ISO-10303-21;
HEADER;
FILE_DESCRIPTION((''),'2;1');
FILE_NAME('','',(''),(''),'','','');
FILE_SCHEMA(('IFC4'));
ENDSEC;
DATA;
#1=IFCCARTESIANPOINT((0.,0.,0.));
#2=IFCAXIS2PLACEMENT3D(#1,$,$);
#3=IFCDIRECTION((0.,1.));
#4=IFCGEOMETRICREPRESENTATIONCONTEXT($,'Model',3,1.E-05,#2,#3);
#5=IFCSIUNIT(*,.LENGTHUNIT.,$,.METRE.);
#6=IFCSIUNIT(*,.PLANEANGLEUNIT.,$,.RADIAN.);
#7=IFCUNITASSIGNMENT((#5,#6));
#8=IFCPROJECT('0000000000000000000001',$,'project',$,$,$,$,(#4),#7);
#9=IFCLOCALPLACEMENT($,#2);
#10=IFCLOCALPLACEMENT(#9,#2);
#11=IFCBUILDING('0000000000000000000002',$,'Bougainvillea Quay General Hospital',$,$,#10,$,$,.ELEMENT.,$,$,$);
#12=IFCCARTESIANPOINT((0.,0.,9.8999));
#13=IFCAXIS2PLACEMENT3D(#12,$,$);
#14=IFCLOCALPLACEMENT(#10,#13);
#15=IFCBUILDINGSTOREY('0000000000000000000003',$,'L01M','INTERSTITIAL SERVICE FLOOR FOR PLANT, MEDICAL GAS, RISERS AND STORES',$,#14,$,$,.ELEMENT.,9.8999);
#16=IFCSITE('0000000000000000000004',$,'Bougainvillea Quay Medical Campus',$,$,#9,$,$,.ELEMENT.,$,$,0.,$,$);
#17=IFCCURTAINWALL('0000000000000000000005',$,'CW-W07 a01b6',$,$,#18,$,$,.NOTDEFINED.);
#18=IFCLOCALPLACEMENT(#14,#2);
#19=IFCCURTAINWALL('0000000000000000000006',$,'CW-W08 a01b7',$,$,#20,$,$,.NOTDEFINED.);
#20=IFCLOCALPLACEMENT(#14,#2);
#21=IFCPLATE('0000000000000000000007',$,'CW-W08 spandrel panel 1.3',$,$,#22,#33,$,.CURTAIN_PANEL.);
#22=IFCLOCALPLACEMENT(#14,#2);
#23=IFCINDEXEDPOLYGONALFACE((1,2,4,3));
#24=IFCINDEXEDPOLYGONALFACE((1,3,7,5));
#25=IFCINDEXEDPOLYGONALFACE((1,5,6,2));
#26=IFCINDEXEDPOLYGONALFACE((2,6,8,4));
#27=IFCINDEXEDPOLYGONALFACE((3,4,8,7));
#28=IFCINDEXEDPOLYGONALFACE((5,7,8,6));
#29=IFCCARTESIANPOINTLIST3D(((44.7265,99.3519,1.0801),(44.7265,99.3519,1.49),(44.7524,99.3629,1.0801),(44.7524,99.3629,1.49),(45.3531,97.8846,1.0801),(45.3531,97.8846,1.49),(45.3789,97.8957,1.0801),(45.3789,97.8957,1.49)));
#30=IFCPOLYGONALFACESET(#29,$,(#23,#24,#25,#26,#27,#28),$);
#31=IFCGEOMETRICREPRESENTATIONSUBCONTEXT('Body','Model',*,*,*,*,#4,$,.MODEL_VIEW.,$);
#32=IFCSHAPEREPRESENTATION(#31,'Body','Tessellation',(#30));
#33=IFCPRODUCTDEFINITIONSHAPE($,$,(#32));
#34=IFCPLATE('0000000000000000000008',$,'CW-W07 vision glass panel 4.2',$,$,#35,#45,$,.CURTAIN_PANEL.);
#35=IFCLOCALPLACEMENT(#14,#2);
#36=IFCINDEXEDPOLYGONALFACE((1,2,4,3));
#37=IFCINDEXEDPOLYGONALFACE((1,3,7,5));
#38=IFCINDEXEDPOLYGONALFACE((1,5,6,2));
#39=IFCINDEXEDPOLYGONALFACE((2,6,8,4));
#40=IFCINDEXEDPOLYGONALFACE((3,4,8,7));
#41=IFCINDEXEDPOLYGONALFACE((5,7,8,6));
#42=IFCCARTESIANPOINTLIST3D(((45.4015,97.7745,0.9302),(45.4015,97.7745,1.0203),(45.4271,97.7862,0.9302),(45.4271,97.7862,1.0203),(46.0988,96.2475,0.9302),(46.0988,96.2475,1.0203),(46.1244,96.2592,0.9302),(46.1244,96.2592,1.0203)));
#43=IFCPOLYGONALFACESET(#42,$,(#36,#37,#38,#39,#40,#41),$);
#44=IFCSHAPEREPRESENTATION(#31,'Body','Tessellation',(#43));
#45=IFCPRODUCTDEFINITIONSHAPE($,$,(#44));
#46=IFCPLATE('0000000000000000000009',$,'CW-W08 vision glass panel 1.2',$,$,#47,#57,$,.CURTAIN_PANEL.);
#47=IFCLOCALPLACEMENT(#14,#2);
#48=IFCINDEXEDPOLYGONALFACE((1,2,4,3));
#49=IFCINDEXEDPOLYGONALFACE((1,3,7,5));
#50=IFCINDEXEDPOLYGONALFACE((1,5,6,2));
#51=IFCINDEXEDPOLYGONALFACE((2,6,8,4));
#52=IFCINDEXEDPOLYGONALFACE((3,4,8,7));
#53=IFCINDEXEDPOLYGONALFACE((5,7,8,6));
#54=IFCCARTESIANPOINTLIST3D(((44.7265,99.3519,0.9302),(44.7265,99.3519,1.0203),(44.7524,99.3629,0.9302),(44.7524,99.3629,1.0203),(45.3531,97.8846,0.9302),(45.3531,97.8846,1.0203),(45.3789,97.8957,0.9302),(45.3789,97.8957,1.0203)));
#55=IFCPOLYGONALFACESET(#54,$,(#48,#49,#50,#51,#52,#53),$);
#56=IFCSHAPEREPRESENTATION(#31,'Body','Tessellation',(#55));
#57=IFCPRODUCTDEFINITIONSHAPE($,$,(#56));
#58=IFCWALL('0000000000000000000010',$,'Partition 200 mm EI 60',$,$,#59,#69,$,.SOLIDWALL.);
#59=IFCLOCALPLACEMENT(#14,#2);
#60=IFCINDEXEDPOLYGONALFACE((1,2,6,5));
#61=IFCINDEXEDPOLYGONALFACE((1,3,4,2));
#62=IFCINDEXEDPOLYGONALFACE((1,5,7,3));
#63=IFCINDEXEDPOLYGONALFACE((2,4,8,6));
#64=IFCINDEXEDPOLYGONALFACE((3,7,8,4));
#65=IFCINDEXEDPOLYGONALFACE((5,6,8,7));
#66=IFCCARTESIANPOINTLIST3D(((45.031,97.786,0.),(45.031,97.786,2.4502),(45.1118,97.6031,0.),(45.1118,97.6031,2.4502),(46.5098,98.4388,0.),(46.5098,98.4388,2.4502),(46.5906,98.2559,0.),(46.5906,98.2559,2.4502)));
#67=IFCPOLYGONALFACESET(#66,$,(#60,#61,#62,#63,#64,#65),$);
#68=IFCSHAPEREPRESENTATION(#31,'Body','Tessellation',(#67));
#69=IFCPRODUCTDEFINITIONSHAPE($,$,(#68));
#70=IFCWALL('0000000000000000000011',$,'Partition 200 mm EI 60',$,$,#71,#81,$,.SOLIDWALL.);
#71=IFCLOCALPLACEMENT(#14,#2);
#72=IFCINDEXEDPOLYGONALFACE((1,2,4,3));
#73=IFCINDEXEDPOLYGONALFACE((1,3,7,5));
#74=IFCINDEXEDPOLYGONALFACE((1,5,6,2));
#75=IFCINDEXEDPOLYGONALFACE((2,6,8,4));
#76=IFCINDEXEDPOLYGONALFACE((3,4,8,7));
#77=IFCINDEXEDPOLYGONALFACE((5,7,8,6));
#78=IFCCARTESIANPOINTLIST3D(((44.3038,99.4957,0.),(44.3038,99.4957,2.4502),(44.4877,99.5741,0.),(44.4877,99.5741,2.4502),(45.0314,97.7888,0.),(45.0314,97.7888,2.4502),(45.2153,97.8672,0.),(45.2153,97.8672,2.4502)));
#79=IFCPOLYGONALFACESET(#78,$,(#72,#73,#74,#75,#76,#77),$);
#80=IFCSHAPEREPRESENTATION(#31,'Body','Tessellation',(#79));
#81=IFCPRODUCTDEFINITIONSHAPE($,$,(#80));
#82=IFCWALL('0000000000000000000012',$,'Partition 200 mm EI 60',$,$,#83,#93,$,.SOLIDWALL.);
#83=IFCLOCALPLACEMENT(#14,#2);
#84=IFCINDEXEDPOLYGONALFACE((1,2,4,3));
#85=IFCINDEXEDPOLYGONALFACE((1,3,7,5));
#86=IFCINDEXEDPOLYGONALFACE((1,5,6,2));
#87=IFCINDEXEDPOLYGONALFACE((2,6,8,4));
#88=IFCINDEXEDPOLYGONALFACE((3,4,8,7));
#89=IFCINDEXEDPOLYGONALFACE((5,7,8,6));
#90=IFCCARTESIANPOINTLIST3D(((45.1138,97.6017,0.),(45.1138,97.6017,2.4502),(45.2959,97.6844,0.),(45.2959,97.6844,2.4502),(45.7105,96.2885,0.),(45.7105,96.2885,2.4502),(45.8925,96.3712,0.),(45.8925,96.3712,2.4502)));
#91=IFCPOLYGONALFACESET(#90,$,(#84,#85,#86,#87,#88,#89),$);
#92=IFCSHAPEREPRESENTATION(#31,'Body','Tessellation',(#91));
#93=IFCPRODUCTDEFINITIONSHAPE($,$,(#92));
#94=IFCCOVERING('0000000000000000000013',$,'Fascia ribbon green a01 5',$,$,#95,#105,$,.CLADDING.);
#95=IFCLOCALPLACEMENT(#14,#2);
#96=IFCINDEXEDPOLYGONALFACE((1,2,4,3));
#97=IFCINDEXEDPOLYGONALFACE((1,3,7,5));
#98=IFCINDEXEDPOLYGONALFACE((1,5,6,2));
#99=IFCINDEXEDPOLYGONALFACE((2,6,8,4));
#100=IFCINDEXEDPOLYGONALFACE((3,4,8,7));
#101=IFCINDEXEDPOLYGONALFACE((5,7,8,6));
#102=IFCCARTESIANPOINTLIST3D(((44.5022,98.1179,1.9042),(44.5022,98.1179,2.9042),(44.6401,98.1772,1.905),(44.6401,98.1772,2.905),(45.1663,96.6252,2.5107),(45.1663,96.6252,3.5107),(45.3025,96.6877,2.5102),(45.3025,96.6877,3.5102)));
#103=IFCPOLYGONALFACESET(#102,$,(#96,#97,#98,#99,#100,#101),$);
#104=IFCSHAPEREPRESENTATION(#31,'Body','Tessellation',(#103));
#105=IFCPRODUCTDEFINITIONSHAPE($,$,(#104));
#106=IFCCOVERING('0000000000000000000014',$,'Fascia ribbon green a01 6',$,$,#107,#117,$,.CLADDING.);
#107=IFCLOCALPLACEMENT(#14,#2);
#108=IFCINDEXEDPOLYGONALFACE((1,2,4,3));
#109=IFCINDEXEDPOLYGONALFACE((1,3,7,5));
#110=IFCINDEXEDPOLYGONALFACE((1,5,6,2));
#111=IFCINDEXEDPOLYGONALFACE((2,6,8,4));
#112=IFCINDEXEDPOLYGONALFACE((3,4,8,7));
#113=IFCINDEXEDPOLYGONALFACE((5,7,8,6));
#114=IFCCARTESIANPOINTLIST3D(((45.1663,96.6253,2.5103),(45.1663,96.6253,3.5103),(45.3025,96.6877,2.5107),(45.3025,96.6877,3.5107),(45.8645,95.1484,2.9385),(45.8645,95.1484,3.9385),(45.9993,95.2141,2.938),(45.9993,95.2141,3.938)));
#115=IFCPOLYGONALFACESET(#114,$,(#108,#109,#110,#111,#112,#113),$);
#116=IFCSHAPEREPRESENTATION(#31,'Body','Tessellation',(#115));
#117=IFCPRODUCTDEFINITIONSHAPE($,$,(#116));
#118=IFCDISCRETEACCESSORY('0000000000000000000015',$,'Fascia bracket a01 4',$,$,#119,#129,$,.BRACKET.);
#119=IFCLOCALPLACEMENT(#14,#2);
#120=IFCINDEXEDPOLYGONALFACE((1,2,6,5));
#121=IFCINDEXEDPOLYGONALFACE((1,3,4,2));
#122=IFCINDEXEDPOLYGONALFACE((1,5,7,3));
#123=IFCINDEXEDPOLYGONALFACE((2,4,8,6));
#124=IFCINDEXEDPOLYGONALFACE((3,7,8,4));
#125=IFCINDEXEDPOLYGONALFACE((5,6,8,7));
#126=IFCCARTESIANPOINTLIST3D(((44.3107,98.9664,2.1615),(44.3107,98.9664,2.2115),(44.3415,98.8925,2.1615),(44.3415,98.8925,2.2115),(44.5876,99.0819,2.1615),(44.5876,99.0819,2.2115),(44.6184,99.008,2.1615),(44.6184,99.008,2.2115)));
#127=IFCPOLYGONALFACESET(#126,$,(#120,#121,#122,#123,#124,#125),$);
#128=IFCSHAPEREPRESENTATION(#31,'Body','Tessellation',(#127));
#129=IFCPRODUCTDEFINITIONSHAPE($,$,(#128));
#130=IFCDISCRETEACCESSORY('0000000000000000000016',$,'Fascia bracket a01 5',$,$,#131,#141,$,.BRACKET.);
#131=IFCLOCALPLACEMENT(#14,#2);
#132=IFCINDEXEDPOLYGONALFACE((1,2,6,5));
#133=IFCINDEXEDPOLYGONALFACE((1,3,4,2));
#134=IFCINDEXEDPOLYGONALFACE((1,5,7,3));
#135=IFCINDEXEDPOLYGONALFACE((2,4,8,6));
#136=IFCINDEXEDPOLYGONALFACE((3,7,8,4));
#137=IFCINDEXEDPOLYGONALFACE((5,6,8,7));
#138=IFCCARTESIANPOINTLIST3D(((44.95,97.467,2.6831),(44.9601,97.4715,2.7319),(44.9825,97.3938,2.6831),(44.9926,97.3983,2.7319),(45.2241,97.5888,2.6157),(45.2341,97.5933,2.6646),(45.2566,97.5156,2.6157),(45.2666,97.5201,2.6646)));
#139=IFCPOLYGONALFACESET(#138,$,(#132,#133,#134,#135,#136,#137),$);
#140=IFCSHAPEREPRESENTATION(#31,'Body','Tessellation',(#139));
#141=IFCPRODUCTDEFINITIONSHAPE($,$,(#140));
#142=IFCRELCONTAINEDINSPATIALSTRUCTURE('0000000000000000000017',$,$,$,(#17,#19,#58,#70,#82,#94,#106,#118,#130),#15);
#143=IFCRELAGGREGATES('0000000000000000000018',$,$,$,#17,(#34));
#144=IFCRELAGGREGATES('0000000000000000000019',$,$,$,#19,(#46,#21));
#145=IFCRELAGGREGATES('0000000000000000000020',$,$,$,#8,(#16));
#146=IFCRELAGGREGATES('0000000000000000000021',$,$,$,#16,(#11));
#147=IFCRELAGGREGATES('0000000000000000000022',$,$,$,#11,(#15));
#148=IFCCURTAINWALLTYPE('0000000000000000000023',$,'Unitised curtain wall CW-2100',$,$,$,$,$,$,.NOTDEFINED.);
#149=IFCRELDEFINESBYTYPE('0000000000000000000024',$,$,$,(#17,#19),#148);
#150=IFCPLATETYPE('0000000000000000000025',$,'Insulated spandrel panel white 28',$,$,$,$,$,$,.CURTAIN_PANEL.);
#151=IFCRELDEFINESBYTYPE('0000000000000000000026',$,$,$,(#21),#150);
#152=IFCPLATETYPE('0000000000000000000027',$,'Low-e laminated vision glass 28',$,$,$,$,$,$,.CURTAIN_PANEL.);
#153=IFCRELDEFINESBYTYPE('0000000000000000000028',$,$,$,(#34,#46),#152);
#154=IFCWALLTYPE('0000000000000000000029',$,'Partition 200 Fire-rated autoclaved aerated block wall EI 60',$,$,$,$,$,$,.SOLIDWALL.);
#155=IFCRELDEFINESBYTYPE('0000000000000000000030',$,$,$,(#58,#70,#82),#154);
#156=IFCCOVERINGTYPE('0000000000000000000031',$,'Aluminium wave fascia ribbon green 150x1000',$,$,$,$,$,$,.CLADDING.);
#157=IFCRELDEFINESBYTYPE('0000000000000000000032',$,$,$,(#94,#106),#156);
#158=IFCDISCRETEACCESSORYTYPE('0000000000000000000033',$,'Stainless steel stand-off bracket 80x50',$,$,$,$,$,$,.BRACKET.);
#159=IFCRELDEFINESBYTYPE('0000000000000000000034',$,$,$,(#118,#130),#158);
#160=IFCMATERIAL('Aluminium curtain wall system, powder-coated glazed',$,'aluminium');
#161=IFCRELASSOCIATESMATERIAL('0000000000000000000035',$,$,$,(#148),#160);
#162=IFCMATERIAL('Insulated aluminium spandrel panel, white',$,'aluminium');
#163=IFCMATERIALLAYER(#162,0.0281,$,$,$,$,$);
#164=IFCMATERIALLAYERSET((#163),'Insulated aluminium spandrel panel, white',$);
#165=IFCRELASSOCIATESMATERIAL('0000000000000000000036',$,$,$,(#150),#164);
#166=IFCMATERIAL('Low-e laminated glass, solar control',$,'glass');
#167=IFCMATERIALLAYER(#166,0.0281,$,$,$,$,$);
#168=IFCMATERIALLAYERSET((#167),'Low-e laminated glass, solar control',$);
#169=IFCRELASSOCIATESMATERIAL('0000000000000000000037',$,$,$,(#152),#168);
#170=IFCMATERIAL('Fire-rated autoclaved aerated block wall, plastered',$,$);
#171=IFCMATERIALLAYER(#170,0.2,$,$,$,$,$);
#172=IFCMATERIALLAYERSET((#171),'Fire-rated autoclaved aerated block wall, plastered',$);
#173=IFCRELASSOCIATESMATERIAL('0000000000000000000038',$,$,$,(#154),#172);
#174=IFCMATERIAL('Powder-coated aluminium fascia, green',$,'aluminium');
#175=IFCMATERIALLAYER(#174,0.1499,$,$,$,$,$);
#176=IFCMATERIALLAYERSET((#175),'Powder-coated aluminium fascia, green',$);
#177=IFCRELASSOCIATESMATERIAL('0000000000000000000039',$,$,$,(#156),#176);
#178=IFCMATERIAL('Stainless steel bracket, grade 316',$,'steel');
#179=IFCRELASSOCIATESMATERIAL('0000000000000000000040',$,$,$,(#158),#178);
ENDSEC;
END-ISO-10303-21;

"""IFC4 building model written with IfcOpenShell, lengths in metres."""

from ifc_helpers import new_model, si_unit, direction, frame, frame_2d, origin, origin_2d, place, context, subcontext, project, spatial, polyline, rectangle, outline, extrude, material, layer, layer_set, material_profile, profile_set, type_object, element, aggregate, save


model = new_model("IFC4")

# Units and contexts
model_context = context("Model", 3, precision=1e-05, world=origin(), true_north=direction((0.0, 1.0)))
body_context = subcontext(model_context, "Body", "Model", "MODEL_VIEW")
ifc_project = project(units=[si_unit("LENGTHUNIT", "METRE"), si_unit("PLANEANGLEUNIT", "RADIAN")], contexts=[model_context])

# Site, building, storey
site_placement = place(None, origin())
site = spatial("IfcSite", under=ifc_project, at=site_placement, Name="Bougainvillea Quay Medical Campus", CompositionType="ELEMENT", RefElevation=0.0)
building_placement = place(site_placement, origin())
building = spatial("IfcBuilding", under=site, at=building_placement, Name="Bougainvillea Quay General Hospital", CompositionType="ELEMENT")
storey_placement = place(building_placement, frame((0.0, 0.0, 9.8999)))
storey = spatial("IfcBuildingStorey", under=building, at=storey_placement, Name="L01M", Description="INTERSTITIAL SERVICE FLOOR FOR PLANT, MEDICAL GAS, RISERS AND STORES", CompositionType="ELEMENT", Elevation=9.8999)

# Curtain wall
ifc_material_1 = material(Name="Aluminium curtain wall system, powder-coated glazed", Category="aluminium")
curtain_wall_type = type_object("IfcCurtainWallType", Name="Unitised curtain wall CW-2100", PredefinedType="NOTDEFINED", material=ifc_material_1)
curtain_wall_1_placement = place(storey_placement, origin())
curtain_wall_1 = element("IfcCurtainWall", 1, at=curtain_wall_1_placement, inside=storey, type_object=curtain_wall_type, Name="CW-W07 a01b6", PredefinedType="NOTDEFINED")

# Curtain wall
curtain_wall_2_placement = place(storey_placement, origin())
curtain_wall_2 = element("IfcCurtainWall", 2, at=curtain_wall_2_placement, inside=storey, type_object=curtain_wall_type, Name="CW-W08 a01b7", PredefinedType="NOTDEFINED")

# Plates
ifc_material_2 = material(Name="Insulated aluminium spandrel panel, white", Category="aluminium")
ifc_layer_1 = layer(ifc_material_2, 0.0281)
ifc_layer_set_1 = layer_set([ifc_layer_1], Name="Insulated aluminium spandrel panel, white")
plate_type_1 = type_object("IfcPlateType", Name="Insulated spandrel panel white 28", PredefinedType="CURTAIN_PANEL", material=ifc_layer_set_1)
plate_1_placement = place(storey_placement, frame((45.0527, 98.6238, 1.0801), z_axis=(0.0, 0.0, 1.0), x_axis=(-0.392719, 0.919659, 0.0)))
plate_1 = element("IfcPlate", 3, at=plate_1_placement, type_object=plate_type_1, Name="CW-W08 spandrel panel 1.3", PredefinedType="CURTAIN_PANEL", context=body_context, shape_type="SweptSolid", body=[
    extrude(rectangle(XDim=1.5955, YDim=0.0281, at=origin_2d()), origin(), (0.0, 0.0, 1.0), 0.4099),
])
ifc_material_3 = material(Name="Low-e laminated glass, solar control", Category="glass")
ifc_layer_2 = layer(ifc_material_3, 0.0281)
ifc_layer_set_2 = layer_set([ifc_layer_2], Name="Low-e laminated glass, solar control")
plate_type_2 = type_object("IfcPlateType", Name="Low-e laminated vision glass 28", PredefinedType="CURTAIN_PANEL", material=ifc_layer_set_2)
plate_2_placement = place(storey_placement, frame((45.7629, 97.0168, 0.9302), z_axis=(0.0, 0.0, 1.0), x_axis=(-0.415368, 0.909653, 0.0)))
plate_2 = element("IfcPlate", 4, at=plate_2_placement, type_object=plate_type_2, Name="CW-W07 vision glass panel 4.2", PredefinedType="CURTAIN_PANEL", context=body_context, shape_type="SweptSolid", body=[
    extrude(rectangle(XDim=1.6787, YDim=0.0281, at=origin_2d()), origin(), (0.0, 0.0, 1.0), 0.0901),
])
aggregate(curtain_wall_1, [plate_2])
plate_3_placement = place(storey_placement, frame((45.0527, 98.6238, 0.9302), z_axis=(0.0, 0.0, 1.0), x_axis=(-0.392719, 0.919659, 0.0)))
plate_3 = element("IfcPlate", 5, at=plate_3_placement, type_object=plate_type_2, Name="CW-W08 vision glass panel 1.2", PredefinedType="CURTAIN_PANEL", context=body_context, shape_type="SweptSolid", body=[
    extrude(rectangle(XDim=1.5955, YDim=0.0281, at=origin_2d()), origin(), (0.0, 0.0, 1.0), 0.0901),
])
aggregate(curtain_wall_2, [plate_3, plate_1])

# Walls
ifc_material_4 = material(Name="Fire-rated autoclaved aerated block wall, plastered")
ifc_layer_3 = layer(ifc_material_4, 0.2)
ifc_layer_set_3 = layer_set([ifc_layer_3], Name="Fire-rated autoclaved aerated block wall, plastered")
wall_type = type_object("IfcWallType", Name="Partition 200 Fire-rated autoclaved aerated block wall EI 60", PredefinedType="SOLIDWALL", material=ifc_layer_set_3)
wall_1_placement = place(storey_placement, frame((45.0715, 97.6946, 0.0), z_axis=(0.0, 0.0, 1.0), x_axis=(0.914818, 0.403867, 0.0)))
element("IfcWall", 6, at=wall_1_placement, inside=storey, type_object=wall_type, Name="Partition 200 mm EI 60", PredefinedType="SOLIDWALL", context=body_context, shape_type="SweptSolid", body=[
    extrude(rectangle(XDim=1.6165, YDim=0.2, at=frame_2d((0.8081, 0.0))), origin(), (0.0, 0.0, 1.0), 2.4502),
])
wall_2_placement = place(storey_placement, frame((44.3958, 99.5349, 0.0), z_axis=(0.0, 0.0, 1.0), x_axis=(0.392124, -0.919912, 0.0)))
element("IfcWall", 7, at=wall_2_placement, inside=storey, type_object=wall_type, Name="Partition 200 mm EI 60", PredefinedType="SOLIDWALL", context=body_context, shape_type="SweptSolid", body=[
    extrude(rectangle(XDim=1.8555, YDim=0.2, at=frame_2d((0.9277, 0.0))), origin(), (0.0, 0.0, 1.0), 2.4502),
])
wall_3_placement = place(storey_placement, frame((45.2048, 97.6431, 0.0), z_axis=(0.0, 0.0, 1.0), x_axis=(0.413663, -0.91043, 0.0)))
element("IfcWall", 8, at=wall_3_placement, inside=storey, type_object=wall_type, Name="Partition 200 mm EI 60", PredefinedType="SOLIDWALL", context=body_context, shape_type="SweptSolid", body=[
    extrude(rectangle(XDim=1.4424, YDim=0.2, at=frame_2d((0.7212, 0.0))), origin(), (0.0, 0.0, 1.0), 2.4502),
])

# Coverings
ifc_material_5 = material(Name="Powder-coated aluminium fascia, green", Category="aluminium")
ifc_layer_4 = layer(ifc_material_5, 0.1499)
ifc_layer_set_4 = layer_set([ifc_layer_4], Name="Powder-coated aluminium fascia, green")
covering_type = type_object("IfcCoveringType", Name="Aluminium wave fascia ribbon green 150x1000", PredefinedType="CLADDING", material=ifc_layer_set_4)
covering_1_placement = place(storey_placement, frame((44.6401, 98.1772, 1.905), z_axis=(-0.142019, 0.317735, 0.937483), x_axis=(0.380917, -0.856608, 0.34803)))
element("IfcCovering", 9, at=covering_1_placement, inside=storey, type_object=covering_type, Name="Fascia ribbon green a01 5", PredefinedType="CLADDING", context=body_context, shape_type="SweptSolid", body=[
    extrude(outline(polyline([(0.0, 0.0), (1.7389, 0.0), (1.7407, -0.1499), (-0.002, -0.1501), (0.0, 0.0)])), origin(), (0.34803, 0.000624, 0.937483), 1.0),
])
covering_2_placement = place(storey_placement, frame((45.3025, 96.6877, 2.5107), z_axis=(-0.108411, 0.229212, 0.96732), x_axis=(0.413486, -0.874493, 0.253557)))
element("IfcCovering", 10, at=covering_2_placement, inside=storey, type_object=covering_type, Name="Fascia ribbon green a01 6", PredefinedType="CLADDING", context=body_context, shape_type="SweptSolid", body=[
    extrude(outline(polyline([(0.0, 0.0), (1.6851, 0.0), (1.687, -0.1499), (-0.0018, -0.1499), (0.0, 0.0)])), origin(), (0.253557, 0.000029, 0.96732), 1.0),
])

# Discrete accessories
ifc_material_6 = material(Name="Stainless steel bracket, grade 316", Category="steel")
ifc_material_profile_1 = material_profile(ifc_material_6, rectangle(XDim=0.0801, YDim=0.05, at=origin_2d()))
ifc_profile_set_1 = profile_set([ifc_material_profile_1], Name="Stainless steel bracket, grade 316")
discrete_accessory_type = type_object("IfcDiscreteAccessoryType", Name="Stainless steel stand-off bracket 80x50", PredefinedType="BRACKET", material=ifc_profile_set_1)
discrete_accessory_1_placement = place(storey_placement, frame((44.603, 99.0449, 2.1865), z_axis=(-0.922932, -0.384962, 0.0), x_axis=(0.384962, -0.922932, 0.0)))
element("IfcDiscreteAccessory", 11, at=discrete_accessory_1_placement, inside=storey, type_object=discrete_accessory_type, Name="Fascia bracket a01 4", PredefinedType="BRACKET", context=body_context, shape_type="SweptSolid", body=[
    extrude(rectangle(XDim=0.0801, YDim=0.05, at=origin_2d()), origin(), (0.0, 0.0, 1.0), 0.3),
])
discrete_accessory_2_placement = place(storey_placement, frame((45.2454, 97.5544, 2.6401), z_axis=(-0.891633, -0.396193, 0.219137), x_axis=(0.406063, -0.913845, 0.0)))
element("IfcDiscreteAccessory", 12, at=discrete_accessory_2_placement, inside=storey, type_object=discrete_accessory_type, Name="Fascia bracket a01 5", PredefinedType="BRACKET", context=body_context, shape_type="SweptSolid", body=[
    extrude(rectangle(XDim=0.0801, YDim=0.05, at=origin_2d()), origin(), (0.0, 0.0, 1.0), 0.3074),
])

save(model, "model.ifc")
